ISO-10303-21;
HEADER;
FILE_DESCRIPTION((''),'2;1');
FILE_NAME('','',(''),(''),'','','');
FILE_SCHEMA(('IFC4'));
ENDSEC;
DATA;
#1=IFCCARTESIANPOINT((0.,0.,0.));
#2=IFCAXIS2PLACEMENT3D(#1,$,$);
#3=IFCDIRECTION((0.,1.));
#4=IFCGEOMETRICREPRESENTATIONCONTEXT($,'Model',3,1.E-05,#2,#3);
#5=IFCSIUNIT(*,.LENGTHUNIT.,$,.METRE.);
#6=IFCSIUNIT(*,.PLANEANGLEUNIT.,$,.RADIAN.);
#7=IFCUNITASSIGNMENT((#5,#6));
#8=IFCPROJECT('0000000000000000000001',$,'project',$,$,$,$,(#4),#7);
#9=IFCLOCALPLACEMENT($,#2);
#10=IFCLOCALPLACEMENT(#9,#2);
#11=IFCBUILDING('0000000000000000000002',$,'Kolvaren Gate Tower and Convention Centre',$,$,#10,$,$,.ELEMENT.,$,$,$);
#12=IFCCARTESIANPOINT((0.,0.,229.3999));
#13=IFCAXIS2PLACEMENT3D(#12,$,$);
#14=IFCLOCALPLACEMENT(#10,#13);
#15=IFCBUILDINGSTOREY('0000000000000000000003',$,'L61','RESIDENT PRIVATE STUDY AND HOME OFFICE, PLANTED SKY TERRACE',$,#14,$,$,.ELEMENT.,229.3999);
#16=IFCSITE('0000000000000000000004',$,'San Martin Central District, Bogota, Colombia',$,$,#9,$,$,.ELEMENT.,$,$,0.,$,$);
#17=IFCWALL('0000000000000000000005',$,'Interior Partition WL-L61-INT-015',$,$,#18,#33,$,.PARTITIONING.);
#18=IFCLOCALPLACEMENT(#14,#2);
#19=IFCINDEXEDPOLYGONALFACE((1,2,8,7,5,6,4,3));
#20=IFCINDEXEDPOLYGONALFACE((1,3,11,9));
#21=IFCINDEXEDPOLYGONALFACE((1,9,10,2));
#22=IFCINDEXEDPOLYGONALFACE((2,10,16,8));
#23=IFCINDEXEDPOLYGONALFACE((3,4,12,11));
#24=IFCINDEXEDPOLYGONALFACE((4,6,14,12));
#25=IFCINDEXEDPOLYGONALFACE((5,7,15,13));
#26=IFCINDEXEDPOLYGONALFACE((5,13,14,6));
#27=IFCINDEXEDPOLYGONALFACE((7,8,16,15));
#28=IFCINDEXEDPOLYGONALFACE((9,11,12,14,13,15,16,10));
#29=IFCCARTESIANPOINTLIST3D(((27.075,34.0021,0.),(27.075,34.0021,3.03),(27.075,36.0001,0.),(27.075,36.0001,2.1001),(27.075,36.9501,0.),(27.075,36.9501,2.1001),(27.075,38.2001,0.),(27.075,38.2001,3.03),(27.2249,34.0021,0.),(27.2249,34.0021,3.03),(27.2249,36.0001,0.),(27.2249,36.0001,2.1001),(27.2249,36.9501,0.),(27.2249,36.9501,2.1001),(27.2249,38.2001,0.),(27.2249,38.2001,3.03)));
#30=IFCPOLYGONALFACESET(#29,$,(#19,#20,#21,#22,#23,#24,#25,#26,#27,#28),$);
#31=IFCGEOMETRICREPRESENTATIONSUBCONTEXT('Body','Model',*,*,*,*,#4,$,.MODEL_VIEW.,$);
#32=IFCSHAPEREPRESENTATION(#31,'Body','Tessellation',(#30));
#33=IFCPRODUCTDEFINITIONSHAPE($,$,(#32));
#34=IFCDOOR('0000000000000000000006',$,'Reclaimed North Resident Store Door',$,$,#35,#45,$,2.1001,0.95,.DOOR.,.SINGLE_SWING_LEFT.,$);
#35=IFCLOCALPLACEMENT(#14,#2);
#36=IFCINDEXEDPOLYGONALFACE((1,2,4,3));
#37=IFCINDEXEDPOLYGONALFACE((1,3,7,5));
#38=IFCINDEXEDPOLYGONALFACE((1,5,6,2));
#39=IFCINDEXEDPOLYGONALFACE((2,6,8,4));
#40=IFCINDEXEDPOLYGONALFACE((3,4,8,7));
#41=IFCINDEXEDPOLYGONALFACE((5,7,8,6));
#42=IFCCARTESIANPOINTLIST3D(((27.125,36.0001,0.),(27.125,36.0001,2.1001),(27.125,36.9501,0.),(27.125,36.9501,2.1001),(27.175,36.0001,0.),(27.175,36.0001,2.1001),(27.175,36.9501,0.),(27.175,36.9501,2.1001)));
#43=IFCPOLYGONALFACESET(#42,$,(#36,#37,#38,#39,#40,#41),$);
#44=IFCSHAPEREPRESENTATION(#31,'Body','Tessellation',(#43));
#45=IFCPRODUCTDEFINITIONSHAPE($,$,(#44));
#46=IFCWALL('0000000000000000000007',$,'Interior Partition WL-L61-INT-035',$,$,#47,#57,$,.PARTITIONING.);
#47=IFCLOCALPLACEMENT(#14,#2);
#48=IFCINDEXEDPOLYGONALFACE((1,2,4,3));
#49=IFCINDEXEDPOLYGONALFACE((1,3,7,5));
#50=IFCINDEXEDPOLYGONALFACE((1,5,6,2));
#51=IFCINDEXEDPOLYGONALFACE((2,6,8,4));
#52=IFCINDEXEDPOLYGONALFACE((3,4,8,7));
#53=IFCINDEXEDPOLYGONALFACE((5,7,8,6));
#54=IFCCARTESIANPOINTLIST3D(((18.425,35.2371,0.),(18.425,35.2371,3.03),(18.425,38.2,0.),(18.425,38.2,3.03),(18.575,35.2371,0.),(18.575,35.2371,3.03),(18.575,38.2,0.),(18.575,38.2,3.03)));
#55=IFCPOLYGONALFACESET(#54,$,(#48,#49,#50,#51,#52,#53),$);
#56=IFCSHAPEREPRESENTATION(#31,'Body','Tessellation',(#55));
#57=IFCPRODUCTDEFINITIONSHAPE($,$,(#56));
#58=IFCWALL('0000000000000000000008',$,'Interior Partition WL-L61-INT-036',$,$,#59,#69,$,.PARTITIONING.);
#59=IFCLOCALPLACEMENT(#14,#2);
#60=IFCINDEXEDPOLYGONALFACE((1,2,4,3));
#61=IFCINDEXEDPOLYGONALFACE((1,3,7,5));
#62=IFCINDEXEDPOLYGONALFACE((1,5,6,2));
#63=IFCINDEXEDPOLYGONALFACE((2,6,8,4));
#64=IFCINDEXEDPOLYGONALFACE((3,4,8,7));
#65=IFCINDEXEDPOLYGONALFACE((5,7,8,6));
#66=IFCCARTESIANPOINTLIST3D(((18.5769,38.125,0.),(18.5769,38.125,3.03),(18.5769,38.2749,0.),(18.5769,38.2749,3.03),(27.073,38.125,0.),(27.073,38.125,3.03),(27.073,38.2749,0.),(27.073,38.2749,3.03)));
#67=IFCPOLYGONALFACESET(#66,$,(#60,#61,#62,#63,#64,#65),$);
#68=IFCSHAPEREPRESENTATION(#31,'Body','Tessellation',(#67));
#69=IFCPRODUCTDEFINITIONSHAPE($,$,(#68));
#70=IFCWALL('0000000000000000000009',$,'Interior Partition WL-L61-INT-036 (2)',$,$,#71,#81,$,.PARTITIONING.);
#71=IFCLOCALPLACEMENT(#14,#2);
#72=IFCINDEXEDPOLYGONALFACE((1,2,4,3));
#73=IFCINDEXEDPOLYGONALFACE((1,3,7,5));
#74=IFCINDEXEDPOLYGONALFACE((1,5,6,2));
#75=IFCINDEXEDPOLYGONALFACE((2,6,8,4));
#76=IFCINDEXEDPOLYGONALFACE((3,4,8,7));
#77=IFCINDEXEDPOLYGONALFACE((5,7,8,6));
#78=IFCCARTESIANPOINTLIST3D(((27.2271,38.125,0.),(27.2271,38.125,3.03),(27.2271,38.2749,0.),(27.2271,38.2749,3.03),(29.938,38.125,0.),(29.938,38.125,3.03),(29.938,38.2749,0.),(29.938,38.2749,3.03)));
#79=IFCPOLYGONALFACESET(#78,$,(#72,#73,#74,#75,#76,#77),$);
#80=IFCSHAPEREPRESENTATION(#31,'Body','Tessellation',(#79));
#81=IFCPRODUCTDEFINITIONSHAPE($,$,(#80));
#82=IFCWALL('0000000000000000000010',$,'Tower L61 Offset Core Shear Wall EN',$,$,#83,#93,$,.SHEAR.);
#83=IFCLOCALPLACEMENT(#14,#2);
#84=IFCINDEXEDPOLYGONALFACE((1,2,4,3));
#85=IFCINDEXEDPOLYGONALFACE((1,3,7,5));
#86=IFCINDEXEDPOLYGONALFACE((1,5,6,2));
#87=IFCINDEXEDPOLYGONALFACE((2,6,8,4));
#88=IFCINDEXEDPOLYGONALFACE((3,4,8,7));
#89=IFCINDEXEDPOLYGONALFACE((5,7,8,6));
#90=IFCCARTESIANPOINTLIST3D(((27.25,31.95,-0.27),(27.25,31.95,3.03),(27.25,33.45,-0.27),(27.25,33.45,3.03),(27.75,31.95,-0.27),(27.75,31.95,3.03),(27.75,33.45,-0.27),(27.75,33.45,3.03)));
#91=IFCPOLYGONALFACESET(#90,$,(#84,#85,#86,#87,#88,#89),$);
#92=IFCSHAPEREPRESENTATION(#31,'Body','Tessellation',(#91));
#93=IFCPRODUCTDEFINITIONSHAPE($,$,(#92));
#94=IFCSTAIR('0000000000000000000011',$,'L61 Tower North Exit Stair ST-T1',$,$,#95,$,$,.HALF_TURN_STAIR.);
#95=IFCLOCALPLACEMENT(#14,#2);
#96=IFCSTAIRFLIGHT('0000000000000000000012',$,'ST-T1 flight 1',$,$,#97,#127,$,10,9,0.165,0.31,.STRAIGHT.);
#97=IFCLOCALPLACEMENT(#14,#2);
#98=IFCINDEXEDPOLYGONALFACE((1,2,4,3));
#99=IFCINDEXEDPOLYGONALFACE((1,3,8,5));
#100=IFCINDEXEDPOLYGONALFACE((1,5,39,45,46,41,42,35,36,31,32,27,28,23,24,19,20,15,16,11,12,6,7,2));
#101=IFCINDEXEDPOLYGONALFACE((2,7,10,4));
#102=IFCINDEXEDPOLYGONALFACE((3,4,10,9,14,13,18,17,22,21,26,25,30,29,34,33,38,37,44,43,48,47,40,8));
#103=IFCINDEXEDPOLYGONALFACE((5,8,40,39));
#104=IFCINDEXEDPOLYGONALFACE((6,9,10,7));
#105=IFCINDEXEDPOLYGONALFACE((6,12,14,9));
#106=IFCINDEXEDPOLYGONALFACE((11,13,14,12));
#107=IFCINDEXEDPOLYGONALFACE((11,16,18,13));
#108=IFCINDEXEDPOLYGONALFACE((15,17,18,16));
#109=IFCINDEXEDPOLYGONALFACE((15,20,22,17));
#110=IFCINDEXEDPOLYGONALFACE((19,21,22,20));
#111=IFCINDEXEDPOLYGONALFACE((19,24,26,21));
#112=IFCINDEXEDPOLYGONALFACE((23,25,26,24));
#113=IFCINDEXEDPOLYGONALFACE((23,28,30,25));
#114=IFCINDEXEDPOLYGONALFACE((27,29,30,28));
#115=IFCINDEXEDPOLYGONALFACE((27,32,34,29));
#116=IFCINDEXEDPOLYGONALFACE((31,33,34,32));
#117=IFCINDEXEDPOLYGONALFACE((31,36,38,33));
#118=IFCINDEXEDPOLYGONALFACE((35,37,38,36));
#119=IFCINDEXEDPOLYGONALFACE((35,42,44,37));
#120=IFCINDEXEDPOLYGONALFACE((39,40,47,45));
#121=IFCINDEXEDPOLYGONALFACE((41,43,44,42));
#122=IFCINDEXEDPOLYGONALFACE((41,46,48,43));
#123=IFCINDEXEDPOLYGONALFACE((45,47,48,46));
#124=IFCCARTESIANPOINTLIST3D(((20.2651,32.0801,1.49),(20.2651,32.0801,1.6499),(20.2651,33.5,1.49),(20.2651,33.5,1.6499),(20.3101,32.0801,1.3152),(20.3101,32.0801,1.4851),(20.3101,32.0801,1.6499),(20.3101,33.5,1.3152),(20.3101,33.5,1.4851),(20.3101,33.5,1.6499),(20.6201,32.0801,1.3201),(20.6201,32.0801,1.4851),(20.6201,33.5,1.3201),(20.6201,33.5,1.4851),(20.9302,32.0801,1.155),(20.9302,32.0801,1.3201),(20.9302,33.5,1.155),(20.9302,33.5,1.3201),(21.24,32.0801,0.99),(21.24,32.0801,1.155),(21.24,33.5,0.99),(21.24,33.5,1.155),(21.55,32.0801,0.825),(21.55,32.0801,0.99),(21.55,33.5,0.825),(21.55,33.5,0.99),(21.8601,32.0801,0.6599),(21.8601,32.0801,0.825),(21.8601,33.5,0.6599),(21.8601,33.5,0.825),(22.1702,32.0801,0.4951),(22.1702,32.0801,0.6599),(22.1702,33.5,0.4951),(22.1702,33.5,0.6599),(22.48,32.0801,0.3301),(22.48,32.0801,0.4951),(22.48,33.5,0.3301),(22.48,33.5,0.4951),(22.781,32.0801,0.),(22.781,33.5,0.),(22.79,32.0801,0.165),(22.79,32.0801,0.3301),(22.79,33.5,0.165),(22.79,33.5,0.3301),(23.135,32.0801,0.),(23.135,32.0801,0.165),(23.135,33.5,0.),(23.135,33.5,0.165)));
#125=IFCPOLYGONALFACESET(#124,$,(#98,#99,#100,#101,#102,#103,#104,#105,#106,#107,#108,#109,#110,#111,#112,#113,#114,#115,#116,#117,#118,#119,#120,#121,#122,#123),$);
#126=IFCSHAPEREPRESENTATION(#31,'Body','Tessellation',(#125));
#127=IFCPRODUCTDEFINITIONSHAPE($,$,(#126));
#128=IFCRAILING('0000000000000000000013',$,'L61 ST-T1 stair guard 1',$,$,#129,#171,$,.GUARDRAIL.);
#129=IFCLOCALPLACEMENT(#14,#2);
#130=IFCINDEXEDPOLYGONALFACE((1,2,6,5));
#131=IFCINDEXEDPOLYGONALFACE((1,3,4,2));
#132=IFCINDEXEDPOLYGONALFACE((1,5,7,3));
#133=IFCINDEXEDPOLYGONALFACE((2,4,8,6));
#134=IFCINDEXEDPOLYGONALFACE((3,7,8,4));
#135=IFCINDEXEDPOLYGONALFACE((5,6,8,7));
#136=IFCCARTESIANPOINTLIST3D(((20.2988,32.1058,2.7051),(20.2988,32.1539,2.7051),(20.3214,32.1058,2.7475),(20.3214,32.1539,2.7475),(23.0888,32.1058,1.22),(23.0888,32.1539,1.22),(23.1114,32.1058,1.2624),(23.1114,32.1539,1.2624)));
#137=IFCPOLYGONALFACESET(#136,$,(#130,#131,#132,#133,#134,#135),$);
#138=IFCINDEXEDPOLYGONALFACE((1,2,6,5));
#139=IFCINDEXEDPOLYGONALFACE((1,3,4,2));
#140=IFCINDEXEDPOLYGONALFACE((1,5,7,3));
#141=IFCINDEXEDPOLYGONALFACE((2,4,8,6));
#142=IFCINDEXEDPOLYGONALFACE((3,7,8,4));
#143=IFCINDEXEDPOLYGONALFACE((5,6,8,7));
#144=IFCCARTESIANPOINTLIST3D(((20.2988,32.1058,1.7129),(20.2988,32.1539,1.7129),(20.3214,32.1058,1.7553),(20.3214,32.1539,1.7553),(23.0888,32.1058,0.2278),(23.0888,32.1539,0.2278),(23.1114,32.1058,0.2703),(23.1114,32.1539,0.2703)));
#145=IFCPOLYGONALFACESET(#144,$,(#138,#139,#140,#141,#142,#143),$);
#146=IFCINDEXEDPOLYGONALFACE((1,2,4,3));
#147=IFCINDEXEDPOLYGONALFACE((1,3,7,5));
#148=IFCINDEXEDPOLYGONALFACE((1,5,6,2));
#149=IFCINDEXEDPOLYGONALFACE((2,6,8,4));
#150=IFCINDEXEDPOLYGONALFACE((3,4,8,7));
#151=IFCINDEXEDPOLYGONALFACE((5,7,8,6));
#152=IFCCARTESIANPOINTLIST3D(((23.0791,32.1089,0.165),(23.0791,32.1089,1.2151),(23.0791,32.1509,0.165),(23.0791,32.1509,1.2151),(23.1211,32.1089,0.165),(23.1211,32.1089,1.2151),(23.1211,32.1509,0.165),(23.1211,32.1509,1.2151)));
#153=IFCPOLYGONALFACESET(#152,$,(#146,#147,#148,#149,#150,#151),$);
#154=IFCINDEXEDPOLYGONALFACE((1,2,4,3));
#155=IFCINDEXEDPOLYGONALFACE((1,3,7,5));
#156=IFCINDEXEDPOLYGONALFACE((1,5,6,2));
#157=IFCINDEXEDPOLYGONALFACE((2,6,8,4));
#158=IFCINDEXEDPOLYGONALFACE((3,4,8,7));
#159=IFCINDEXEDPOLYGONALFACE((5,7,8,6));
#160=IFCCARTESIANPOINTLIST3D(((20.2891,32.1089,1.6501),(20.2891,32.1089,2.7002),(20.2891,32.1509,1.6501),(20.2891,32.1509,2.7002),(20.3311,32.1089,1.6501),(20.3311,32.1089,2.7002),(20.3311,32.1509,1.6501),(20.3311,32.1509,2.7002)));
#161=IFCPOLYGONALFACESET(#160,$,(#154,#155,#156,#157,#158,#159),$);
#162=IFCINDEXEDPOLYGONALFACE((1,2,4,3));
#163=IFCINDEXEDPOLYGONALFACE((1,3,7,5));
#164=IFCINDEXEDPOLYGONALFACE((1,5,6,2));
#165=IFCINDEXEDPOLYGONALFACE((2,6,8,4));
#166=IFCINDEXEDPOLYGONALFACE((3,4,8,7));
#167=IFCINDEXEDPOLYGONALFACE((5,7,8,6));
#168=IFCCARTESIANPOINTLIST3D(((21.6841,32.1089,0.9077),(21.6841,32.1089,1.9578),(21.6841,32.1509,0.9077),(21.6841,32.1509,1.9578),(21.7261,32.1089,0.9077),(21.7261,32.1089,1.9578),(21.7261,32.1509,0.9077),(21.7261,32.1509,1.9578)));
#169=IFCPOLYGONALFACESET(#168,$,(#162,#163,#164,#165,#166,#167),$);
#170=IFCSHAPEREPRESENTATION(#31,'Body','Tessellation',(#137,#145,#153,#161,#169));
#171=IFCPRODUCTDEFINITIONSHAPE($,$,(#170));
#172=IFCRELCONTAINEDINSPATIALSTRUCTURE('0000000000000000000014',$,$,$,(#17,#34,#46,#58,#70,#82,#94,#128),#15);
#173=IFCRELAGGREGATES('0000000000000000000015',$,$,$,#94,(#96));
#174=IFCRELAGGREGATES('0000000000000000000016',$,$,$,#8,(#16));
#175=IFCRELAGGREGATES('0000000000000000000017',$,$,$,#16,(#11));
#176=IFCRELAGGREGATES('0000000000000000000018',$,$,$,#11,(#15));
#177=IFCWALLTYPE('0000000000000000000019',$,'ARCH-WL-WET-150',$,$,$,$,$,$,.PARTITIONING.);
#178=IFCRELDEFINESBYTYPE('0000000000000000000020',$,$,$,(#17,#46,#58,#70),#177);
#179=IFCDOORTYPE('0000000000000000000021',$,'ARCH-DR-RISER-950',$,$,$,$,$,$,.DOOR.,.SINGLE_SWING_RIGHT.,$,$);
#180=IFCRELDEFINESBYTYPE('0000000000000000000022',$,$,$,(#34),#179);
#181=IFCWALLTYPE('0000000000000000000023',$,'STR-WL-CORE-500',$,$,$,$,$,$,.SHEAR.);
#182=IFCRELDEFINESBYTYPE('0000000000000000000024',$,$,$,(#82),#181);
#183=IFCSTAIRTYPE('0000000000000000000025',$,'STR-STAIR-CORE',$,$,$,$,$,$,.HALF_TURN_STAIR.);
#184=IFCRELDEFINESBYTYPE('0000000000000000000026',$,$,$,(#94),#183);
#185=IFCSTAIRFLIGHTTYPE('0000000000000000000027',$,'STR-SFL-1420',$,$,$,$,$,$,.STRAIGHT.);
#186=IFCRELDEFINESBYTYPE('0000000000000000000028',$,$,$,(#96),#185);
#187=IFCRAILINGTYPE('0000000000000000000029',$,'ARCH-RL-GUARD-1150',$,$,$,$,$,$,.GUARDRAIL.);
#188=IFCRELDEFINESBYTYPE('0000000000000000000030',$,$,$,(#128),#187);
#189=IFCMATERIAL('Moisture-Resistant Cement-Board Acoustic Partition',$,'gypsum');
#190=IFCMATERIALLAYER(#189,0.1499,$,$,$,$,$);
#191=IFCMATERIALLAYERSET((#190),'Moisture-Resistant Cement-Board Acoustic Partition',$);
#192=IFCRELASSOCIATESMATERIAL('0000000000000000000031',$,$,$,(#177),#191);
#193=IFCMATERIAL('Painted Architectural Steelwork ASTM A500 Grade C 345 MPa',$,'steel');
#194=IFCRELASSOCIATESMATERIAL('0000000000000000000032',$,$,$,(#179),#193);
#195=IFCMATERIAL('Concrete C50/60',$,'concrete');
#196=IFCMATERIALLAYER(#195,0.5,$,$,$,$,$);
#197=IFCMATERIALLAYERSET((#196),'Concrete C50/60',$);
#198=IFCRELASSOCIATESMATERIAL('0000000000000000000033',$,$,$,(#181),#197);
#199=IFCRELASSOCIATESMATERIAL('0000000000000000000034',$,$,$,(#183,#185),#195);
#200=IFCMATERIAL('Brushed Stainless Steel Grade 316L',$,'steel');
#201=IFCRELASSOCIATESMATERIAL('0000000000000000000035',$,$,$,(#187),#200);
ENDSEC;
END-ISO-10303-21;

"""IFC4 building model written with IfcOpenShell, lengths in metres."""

from ifc_helpers import new_model, si_unit, direction, frame, frame_2d, origin, origin_2d, place, context, subcontext, project, spatial, polyline, rectangle, outline, extrude, material, layer, layer_set, type_object, element, fill, aggregate, save


model = new_model("IFC4")

# Units and contexts
model_context = context("Model", 3, precision=1e-05, world=origin(), true_north=direction((0.0, 1.0)))
body_context = subcontext(model_context, "Body", "Model", "MODEL_VIEW")
ifc_project = project(units=[si_unit("LENGTHUNIT", "METRE"), si_unit("PLANEANGLEUNIT", "RADIAN")], contexts=[model_context])

# Site, building, storey
site_placement = place(None, origin())
site = spatial("IfcSite", under=ifc_project, at=site_placement, Name="San Martin Central District, Bogota, Colombia", CompositionType="ELEMENT", RefElevation=0.0)
building_placement = place(site_placement, origin())
building = spatial("IfcBuilding", under=site, at=building_placement, Name="Kolvaren Gate Tower and Convention Centre", CompositionType="ELEMENT")
storey_placement = place(building_placement, frame((0.0, 0.0, 229.3999)))
storey = spatial("IfcBuildingStorey", under=building, at=storey_placement, Name="L61", Description="RESIDENT PRIVATE STUDY AND HOME OFFICE, PLANTED SKY TERRACE", CompositionType="ELEMENT", Elevation=229.3999)

# Shared definitions
ifc_material_1 = material(Name="Concrete C50/60", Category="concrete")

# Wall, opening, door
ifc_material_2 = material(Name="Moisture-Resistant Cement-Board Acoustic Partition", Category="gypsum")
ifc_layer_1 = layer(ifc_material_2, 0.1499)
ifc_layer_set_1 = layer_set([ifc_layer_1], Name="Moisture-Resistant Cement-Board Acoustic Partition")
wall_type_1 = type_object("IfcWallType", Name="ARCH-WL-WET-150", PredefinedType="PARTITIONING", material=ifc_layer_set_1)
wall_1_placement = place(storey_placement, frame((27.1499, 34.002, 0.0), z_axis=(0.0, 0.0, 1.0), x_axis=(0.0, 1.0, 0.0)))
wall_1 = element("IfcWall", 1, at=wall_1_placement, inside=storey, type_object=wall_type_1, Name="Interior Partition WL-L61-INT-015", PredefinedType="PARTITIONING", context=body_context, shape_type="SweptSolid", body=[
    extrude(rectangle(XDim=4.198, YDim=0.1499, at=frame_2d((2.0991, 0.0))), origin(), (0.0, 0.0, 1.0), 3.03),
])
opening_1_placement = place(wall_1_placement, frame((1.998, 0.0, 0.0)))
opening_1 = element("IfcOpeningElement", 2, at=opening_1_placement, cuts=wall_1, PredefinedType="OPENING", context=body_context, shape_type="SweptSolid", body=[
    extrude(rectangle(XDim=0.95, YDim=2.1001, at=frame_2d((0.4751, 1.05))), frame((0.0, 0.085, 0.0), z_axis=(0.0, -1.0, 0.0), x_axis=(1.0, 0.0, 0.0)), (0.0, 0.0, 1.0), 0.1699),
])
ifc_material_3 = material(Name="Painted Architectural Steelwork ASTM A500 Grade C 345 MPa", Category="steel")
door_type = type_object("IfcDoorType", Name="ARCH-DR-RISER-950", OperationType="SINGLE_SWING_RIGHT", PredefinedType="DOOR", material=ifc_material_3)
door_placement = place(opening_1_placement, origin())
door = element("IfcDoor", 3, at=door_placement, inside=storey, type_object=door_type, Name="Reclaimed North Resident Store Door", OperationType="SINGLE_SWING_LEFT", OverallHeight=2.1001, OverallWidth=0.95, PredefinedType="DOOR", context=body_context, shape_type="SweptSolid", body=[
    extrude(rectangle(XDim=0.95, YDim=2.1001, at=frame_2d((0.4751, 1.05))), frame((0.0, 0.0249, 0.0), z_axis=(0.0, -1.0, 0.0), x_axis=(1.0, 0.0, 0.0)), (0.0, 0.0, 1.0), 0.05),
])
fill(opening_1, door)

# Walls
wall_2_placement = place(storey_placement, frame((18.5, 35.2371, 0.0), z_axis=(0.0, 0.0, 1.0), x_axis=(0.0, 1.0, 0.0)))
element("IfcWall", 4, at=wall_2_placement, inside=storey, type_object=wall_type_1, Name="Interior Partition WL-L61-INT-035", PredefinedType="PARTITIONING", context=body_context, shape_type="SweptSolid", body=[
    extrude(rectangle(XDim=2.9629, YDim=0.1499, at=frame_2d((1.4814, 0.0))), origin(), (0.0, 0.0, 1.0), 3.03),
])
wall_3_placement = place(storey_placement, frame((18.5769, 38.2, 0.0), z_axis=(0.0, 0.0, 1.0), x_axis=(1.0, 0.0, 0.0)))
element("IfcWall", 5, at=wall_3_placement, inside=storey, type_object=wall_type_1, Name="Interior Partition WL-L61-INT-036", PredefinedType="PARTITIONING", context=body_context, shape_type="SweptSolid", body=[
    extrude(rectangle(XDim=8.4961, YDim=0.1499, at=frame_2d((4.248, 0.0))), origin(), (0.0, 0.0, 1.0), 3.03),
])
wall_4_placement = place(storey_placement, frame((27.2271, 38.2, 0.0), z_axis=(0.0, 0.0, 1.0), x_axis=(1.0, 0.0, 0.0)))
element("IfcWall", 6, at=wall_4_placement, inside=storey, type_object=wall_type_1, Name="Interior Partition WL-L61-INT-036 (2)", PredefinedType="PARTITIONING", context=body_context, shape_type="SweptSolid", body=[
    extrude(rectangle(XDim=2.7109, YDim=0.1499, at=frame_2d((1.3555, 0.0))), origin(), (0.0, 0.0, 1.0), 3.03),
])
ifc_layer_2 = layer(ifc_material_1, 0.5)
ifc_layer_set_2 = layer_set([ifc_layer_2], Name="Concrete C50/60")
wall_type_2 = type_object("IfcWallType", Name="STR-WL-CORE-500", PredefinedType="SHEAR", material=ifc_layer_set_2)
wall_5_placement = place(storey_placement, frame((27.5, 31.95, -0.27), z_axis=(0.0, 0.0, 1.0), x_axis=(0.0, 1.0, 0.0)))
element("IfcWall", 7, at=wall_5_placement, inside=storey, type_object=wall_type_2, Name="Tower L61 Offset Core Shear Wall EN", PredefinedType="SHEAR", context=body_context, shape_type="SweptSolid", body=[
    extrude(rectangle(XDim=1.5, YDim=0.5, at=frame_2d((0.75, 0.0))), origin(), (0.0, 0.0, 1.0), 3.3),
])

# Stair, stair flight
stair_type = type_object("IfcStairType", Name="STR-STAIR-CORE", PredefinedType="HALF_TURN_STAIR", material=ifc_material_1)
stair_placement = place(storey_placement, origin())
stair = element("IfcStair", 8, at=stair_placement, inside=storey, type_object=stair_type, Name="L61 Tower North Exit Stair ST-T1", PredefinedType="HALF_TURN_STAIR")
stair_flight_type = type_object("IfcStairFlightType", Name="STR-SFL-1420", PredefinedType="STRAIGHT", material=ifc_material_1)
stair_flight_placement = place(storey_placement, frame((23.1001, 32.79, 0.0), z_axis=(0.0, 0.0, 1.0), x_axis=(-1.0, 0.0, 0.0)))
stair_flight = element("IfcStairFlight", 9, at=stair_flight_placement, type_object=stair_flight_type, Name="ST-T1 flight 1", NumberOfRisers=10, NumberOfTreads=9, PredefinedType="STRAIGHT", RiserHeight=0.165, TreadLength=0.31, context=body_context, shape_type="SweptSolid", body=[
    extrude(outline(polyline([(-0.0349, 0.0), (-0.0349, 0.165), (0.3101, 0.165), (0.3101, 0.3301), (0.6201, 0.3301), (0.6201, 0.4951), (0.9299, 0.4951), (0.9299, 0.6599), (1.24, 0.6599), (1.24, 0.825), (1.55, 0.825), (1.55, 0.99), (1.8601, 0.99), (1.8601, 1.155), (2.1699, 1.155), (2.1699, 1.3201), (2.48, 1.3201), (2.48, 1.4851), (2.79, 1.4851), (2.79, 1.6499), (2.835, 1.6499), (2.835, 1.49), (2.79, 1.3152), (0.3191, 0.0), (-0.0349, 0.0)])), frame((0.0, 0.71, 0.0), z_axis=(0.0, -1.0, 0.0), x_axis=(1.0, 0.0, 0.0)), (0.0, 0.0, 1.0), 1.4199),
])
aggregate(stair, [stair_flight])

# Railing
ifc_material_4 = material(Name="Brushed Stainless Steel Grade 316L", Category="steel")
railing_type_1 = type_object("IfcRailingType", Name="ARCH-RL-GUARD-1150", PredefinedType="GUARDRAIL", material=ifc_material_4)
railing_1_placement = place(storey_placement, frame((23.1001, 32.1299, 0.165)))
element("IfcRailing", 10, at=railing_1_placement, inside=storey, type_object=railing_type_1, Name="L61 ST-T1 stair guard 1", PredefinedType="GUARDRAIL", context=body_context, shape_type="SweptSolid", body=[
    extrude(rectangle(XDim=0.0481, YDim=0.0481, at=origin_2d()), frame((0.0, 0.0, 1.0762), z_axis=(-0.882735, 0.0, 0.46987), x_axis=(0.0, -1.0, 0.0)), (0.0, 0.0, 1.0), 3.1606),
    extrude(rectangle(XDim=0.0481, YDim=0.0481, at=origin_2d()), frame((0.0, 0.0, 0.084), z_axis=(-0.882735, 0.0, 0.46987), x_axis=(0.0, -1.0, 0.0)), (0.0, 0.0, 1.0), 3.1606),
    extrude(rectangle(XDim=0.042, YDim=0.042, at=origin_2d()), origin(), (0.0, 0.0, 1.0), 1.05),
    extrude(rectangle(XDim=0.042, YDim=0.042, at=origin_2d()), frame((-2.79, 0.0, 1.4851)), (0.0, 0.0, 1.0), 1.05),
    extrude(rectangle(XDim=0.042, YDim=0.042, at=origin_2d()), frame((-1.395, 0.0, 0.7427)), (0.0, 0.0, 1.0), 1.05),
])

save(model, "model.ifc")
